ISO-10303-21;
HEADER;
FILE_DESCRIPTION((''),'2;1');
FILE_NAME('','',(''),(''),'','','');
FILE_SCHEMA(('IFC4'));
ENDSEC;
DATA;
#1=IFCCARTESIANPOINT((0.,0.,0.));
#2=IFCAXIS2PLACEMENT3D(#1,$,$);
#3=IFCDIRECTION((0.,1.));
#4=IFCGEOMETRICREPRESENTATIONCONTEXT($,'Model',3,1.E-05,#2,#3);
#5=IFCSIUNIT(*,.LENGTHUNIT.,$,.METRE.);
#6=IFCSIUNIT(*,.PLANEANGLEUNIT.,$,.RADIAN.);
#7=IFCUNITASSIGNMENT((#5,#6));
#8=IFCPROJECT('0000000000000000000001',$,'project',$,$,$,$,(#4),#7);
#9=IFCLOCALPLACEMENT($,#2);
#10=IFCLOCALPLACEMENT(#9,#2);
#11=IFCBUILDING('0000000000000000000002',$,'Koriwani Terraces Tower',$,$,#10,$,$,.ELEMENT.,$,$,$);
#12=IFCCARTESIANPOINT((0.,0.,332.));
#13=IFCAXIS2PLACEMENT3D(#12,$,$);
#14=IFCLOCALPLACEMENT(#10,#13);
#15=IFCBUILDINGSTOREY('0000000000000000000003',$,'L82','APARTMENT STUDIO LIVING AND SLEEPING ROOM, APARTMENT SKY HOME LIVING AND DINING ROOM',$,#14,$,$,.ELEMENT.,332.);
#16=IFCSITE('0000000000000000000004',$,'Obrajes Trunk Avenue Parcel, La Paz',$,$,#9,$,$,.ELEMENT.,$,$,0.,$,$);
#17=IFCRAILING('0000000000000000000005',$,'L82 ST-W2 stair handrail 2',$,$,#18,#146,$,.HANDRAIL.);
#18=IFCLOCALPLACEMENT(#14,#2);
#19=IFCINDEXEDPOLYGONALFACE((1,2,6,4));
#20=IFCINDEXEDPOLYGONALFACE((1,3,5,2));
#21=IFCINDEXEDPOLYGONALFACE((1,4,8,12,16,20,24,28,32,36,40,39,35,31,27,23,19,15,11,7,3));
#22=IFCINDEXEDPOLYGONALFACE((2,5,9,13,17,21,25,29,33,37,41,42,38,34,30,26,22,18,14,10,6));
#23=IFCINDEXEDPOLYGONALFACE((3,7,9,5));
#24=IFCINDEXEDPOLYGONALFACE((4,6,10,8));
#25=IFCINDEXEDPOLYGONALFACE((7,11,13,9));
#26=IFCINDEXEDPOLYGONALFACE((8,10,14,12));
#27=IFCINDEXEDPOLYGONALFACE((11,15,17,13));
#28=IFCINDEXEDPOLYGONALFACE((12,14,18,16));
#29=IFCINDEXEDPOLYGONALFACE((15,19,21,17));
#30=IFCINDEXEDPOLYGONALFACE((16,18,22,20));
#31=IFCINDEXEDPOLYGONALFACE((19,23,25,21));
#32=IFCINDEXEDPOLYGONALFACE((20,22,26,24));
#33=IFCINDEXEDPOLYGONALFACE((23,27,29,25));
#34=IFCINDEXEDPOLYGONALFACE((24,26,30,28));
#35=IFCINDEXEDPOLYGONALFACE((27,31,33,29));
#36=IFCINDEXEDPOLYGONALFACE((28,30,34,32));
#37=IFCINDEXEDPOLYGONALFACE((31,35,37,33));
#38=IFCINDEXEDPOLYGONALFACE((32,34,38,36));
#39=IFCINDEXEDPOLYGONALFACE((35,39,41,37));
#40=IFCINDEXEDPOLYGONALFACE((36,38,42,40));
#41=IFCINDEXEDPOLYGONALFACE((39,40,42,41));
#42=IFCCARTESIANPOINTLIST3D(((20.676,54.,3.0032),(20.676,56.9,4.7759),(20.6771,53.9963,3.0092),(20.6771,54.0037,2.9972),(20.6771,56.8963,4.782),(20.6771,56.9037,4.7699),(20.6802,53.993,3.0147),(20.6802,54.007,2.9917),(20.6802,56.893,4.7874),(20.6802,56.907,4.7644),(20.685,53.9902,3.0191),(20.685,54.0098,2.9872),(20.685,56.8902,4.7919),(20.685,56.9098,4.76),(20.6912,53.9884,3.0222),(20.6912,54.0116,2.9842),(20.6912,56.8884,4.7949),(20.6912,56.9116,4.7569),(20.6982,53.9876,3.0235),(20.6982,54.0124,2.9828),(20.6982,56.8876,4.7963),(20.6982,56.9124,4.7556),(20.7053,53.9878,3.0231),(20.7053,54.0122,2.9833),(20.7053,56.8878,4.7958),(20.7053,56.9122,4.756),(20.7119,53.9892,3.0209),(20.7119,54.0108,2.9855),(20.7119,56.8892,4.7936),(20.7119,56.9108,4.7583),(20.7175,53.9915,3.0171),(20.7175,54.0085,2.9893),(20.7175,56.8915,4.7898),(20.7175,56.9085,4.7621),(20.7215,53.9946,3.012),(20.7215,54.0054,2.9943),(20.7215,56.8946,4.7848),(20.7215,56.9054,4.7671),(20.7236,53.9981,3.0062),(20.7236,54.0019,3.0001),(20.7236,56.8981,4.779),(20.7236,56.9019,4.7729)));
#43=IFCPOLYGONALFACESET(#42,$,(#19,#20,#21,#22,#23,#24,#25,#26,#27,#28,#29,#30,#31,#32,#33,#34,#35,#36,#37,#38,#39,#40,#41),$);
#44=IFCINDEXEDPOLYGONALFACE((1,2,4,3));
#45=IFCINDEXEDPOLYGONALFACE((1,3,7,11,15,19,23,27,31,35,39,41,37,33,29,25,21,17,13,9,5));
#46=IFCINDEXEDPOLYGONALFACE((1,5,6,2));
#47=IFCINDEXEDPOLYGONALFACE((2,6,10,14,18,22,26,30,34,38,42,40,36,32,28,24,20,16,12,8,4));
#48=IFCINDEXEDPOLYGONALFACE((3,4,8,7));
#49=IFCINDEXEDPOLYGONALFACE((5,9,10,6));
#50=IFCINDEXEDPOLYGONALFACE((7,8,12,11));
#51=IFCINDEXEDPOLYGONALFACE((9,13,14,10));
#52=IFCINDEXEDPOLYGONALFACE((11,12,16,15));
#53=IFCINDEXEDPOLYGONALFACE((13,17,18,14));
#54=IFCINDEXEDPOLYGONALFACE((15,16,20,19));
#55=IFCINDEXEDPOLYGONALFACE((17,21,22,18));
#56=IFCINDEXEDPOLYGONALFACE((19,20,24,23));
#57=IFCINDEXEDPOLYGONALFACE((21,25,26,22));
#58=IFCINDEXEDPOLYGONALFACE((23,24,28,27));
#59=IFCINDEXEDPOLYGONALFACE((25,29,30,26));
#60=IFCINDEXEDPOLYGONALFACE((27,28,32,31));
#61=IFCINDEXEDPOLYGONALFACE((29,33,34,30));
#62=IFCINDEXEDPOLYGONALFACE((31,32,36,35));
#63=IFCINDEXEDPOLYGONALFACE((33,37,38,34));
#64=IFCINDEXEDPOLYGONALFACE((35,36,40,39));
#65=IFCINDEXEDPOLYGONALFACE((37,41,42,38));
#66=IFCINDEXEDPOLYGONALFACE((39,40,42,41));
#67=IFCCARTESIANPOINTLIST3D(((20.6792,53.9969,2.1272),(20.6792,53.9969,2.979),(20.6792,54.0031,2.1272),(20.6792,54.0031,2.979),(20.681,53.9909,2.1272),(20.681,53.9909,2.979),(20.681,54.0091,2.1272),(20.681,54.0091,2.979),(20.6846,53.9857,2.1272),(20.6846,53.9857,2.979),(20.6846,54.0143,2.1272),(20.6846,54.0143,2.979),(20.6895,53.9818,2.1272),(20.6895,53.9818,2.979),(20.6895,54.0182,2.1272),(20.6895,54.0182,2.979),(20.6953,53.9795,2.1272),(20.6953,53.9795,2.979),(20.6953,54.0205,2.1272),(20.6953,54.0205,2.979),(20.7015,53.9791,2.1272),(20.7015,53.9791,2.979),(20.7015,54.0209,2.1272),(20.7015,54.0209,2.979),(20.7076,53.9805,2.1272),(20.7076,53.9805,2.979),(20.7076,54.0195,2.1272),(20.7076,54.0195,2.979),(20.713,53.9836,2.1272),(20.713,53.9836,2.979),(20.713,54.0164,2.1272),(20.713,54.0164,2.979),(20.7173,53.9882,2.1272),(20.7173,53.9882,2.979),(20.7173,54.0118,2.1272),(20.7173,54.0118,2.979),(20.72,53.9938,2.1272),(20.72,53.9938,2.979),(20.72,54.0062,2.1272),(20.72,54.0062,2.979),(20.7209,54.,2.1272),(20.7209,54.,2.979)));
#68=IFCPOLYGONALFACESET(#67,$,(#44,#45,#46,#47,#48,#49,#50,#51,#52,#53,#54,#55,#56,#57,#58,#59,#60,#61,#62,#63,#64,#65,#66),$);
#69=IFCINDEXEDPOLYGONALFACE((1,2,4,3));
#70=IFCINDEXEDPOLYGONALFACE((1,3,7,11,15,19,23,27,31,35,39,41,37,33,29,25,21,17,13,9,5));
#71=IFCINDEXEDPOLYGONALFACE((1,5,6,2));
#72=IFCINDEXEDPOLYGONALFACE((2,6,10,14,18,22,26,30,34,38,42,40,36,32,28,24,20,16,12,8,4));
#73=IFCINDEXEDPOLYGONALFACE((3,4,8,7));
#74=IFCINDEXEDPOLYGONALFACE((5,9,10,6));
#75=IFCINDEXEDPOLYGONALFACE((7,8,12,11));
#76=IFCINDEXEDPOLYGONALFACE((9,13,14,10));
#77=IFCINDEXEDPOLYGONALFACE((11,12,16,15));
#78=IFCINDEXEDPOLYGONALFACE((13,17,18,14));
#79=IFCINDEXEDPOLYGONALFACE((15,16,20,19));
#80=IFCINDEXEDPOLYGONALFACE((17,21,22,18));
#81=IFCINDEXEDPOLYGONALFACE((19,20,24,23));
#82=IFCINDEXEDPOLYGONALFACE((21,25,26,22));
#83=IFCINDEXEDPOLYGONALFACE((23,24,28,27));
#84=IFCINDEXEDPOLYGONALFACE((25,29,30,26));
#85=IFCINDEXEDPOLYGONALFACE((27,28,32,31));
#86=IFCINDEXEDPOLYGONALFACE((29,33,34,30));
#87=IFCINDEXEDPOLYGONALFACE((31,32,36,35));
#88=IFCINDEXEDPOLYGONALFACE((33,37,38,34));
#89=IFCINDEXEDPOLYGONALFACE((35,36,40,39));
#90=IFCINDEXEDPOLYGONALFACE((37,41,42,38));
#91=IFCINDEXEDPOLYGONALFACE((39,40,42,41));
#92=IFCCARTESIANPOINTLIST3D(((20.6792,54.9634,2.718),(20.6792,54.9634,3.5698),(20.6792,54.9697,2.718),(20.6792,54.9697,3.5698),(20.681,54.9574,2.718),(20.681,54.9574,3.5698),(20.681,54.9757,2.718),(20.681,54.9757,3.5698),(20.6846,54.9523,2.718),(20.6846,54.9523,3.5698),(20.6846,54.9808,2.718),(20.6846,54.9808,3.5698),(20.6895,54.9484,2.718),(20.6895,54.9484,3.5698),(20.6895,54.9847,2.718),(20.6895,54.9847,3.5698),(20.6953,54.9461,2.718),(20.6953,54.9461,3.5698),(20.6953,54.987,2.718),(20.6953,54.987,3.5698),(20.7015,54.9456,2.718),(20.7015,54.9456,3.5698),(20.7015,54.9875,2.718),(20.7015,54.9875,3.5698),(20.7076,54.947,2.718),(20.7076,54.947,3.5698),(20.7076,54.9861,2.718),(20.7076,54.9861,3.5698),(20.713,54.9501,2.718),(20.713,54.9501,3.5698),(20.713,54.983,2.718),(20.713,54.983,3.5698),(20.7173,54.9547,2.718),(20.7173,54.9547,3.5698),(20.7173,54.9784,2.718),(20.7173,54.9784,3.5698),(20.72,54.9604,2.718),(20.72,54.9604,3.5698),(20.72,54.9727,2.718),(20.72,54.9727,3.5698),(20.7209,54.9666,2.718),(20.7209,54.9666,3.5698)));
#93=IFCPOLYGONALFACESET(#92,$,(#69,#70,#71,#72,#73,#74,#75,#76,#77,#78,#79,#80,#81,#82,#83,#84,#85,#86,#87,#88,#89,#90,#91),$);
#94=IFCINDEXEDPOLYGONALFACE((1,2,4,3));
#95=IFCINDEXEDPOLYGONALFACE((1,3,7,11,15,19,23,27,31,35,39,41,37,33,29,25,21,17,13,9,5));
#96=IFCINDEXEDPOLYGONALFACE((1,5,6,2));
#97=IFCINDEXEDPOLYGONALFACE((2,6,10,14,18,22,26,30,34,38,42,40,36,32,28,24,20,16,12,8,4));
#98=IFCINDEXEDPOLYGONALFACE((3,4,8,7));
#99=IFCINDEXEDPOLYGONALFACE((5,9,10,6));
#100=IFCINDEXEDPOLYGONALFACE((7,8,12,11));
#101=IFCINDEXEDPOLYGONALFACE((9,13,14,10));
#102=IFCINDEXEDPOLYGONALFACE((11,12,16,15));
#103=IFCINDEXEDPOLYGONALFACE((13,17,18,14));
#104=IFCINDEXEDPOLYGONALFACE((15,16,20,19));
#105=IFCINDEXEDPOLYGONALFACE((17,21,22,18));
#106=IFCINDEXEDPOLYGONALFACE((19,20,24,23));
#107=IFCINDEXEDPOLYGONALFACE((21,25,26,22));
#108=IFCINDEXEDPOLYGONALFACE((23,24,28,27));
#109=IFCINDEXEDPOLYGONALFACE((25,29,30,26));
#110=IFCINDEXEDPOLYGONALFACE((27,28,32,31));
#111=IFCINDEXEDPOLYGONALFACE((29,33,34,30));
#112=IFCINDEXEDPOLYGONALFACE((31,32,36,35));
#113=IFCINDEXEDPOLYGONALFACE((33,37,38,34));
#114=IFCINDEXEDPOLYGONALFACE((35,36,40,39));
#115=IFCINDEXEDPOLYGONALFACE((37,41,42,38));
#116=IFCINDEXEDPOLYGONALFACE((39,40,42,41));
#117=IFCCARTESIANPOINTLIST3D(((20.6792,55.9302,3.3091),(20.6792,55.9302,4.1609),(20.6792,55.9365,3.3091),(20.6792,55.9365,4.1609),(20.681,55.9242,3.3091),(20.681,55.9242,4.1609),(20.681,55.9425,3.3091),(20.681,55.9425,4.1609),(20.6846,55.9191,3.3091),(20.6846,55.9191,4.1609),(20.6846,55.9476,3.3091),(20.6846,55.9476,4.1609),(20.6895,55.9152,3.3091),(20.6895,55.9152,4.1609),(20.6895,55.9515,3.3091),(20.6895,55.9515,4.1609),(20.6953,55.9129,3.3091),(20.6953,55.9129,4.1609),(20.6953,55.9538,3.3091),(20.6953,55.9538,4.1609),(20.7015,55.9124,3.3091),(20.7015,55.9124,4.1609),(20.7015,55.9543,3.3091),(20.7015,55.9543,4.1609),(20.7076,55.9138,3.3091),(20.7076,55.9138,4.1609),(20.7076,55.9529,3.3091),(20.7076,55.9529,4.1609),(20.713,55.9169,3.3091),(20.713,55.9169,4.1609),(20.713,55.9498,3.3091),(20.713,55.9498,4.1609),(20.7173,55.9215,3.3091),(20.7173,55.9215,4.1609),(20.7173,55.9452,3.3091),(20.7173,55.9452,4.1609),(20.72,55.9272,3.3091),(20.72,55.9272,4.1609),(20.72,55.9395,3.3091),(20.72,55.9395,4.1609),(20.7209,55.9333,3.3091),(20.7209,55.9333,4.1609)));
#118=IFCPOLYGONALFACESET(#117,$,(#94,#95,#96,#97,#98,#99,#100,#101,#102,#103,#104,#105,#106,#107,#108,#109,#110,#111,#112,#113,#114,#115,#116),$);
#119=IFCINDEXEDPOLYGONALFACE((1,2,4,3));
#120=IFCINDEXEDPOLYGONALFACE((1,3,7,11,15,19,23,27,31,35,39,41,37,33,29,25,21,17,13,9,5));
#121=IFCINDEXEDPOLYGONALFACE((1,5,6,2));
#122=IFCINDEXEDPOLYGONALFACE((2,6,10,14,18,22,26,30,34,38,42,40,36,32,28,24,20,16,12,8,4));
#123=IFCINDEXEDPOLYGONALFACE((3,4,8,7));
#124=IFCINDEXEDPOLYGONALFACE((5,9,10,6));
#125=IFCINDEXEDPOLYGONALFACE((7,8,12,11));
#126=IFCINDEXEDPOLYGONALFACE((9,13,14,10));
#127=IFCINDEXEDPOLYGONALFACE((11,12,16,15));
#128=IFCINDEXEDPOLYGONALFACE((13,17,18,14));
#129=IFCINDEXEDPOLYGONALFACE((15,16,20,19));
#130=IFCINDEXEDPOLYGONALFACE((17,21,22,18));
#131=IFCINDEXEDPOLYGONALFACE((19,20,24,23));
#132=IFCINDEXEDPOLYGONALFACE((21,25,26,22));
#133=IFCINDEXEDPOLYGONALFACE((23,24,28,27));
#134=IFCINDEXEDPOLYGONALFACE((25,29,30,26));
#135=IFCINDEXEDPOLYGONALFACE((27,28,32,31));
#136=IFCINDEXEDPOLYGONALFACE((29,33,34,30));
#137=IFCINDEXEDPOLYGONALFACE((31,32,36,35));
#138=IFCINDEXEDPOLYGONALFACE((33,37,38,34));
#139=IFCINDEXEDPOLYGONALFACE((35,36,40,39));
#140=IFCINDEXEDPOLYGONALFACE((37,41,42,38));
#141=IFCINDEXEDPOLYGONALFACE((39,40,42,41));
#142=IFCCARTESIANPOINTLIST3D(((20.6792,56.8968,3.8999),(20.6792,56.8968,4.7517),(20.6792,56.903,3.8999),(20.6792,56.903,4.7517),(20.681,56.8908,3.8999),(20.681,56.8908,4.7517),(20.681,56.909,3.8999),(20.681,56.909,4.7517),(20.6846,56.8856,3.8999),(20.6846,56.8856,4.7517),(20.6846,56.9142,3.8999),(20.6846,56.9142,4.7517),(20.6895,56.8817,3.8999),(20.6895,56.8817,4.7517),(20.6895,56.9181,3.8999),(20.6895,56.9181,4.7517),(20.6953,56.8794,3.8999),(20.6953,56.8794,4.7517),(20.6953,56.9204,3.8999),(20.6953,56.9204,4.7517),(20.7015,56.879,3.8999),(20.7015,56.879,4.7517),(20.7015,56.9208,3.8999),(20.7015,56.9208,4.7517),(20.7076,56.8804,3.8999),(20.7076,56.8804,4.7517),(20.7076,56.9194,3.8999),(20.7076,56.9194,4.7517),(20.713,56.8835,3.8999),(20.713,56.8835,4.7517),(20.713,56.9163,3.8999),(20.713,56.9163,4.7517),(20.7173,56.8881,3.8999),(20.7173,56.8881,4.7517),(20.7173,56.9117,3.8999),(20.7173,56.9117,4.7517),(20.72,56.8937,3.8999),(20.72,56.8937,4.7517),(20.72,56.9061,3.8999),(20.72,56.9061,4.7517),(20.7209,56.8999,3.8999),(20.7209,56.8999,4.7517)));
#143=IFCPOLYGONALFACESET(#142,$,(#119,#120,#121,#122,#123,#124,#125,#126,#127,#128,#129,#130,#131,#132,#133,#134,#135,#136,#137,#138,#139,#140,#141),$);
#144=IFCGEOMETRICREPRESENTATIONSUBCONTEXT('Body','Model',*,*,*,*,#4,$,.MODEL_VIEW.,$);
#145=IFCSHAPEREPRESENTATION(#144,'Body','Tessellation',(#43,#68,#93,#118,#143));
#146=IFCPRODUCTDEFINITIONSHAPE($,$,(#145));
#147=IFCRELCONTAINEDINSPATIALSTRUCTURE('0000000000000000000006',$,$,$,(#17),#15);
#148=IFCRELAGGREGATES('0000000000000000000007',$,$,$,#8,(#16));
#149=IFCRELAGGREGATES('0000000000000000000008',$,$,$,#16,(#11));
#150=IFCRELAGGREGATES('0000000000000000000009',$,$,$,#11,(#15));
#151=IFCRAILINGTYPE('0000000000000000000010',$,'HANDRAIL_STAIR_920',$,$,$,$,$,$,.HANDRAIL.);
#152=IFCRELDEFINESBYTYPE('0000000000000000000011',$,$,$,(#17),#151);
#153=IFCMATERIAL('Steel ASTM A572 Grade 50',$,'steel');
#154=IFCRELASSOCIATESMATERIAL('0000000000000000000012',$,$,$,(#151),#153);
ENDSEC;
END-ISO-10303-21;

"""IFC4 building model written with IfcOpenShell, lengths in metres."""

from ifc_helpers import new_model, si_unit, direction, frame, origin, origin_2d, place, context, subcontext, project, spatial, circle, extrude, material, type_object, element, save


model = new_model("IFC4")

# Units and contexts
model_context = context("Model", 3, precision=1e-05, world=origin(), true_north=direction((0.0, 1.0)))
body_context = subcontext(model_context, "Body", "Model", "MODEL_VIEW")
ifc_project = project(units=[si_unit("LENGTHUNIT", "METRE"), si_unit("PLANEANGLEUNIT", "RADIAN")], contexts=[model_context])

# Site, building, storey
site_placement = place(None, origin())
site = spatial("IfcSite", under=ifc_project, at=site_placement, Name="Obrajes Trunk Avenue Parcel, La Paz", CompositionType="ELEMENT", RefElevation=0.0)
building_placement = place(site_placement, origin())
building = spatial("IfcBuilding", under=site, at=building_placement, Name="Koriwani Terraces Tower", CompositionType="ELEMENT")
storey_placement = place(building_placement, frame((0.0, 0.0, 332.0)))
storey = spatial("IfcBuildingStorey", under=building, at=storey_placement, Name="L82", Description="APARTMENT STUDIO LIVING AND SLEEPING ROOM, APARTMENT SKY HOME LIVING AND DINING ROOM", CompositionType="ELEMENT", Elevation=332.0)

# Shared definitions
ifc_material_1 = material(Name="Steel ASTM A572 Grade 50", Category="steel")

# Railing
railing_type = type_object("IfcRailingType", Name="HANDRAIL_STAIR_920", PredefinedType="HANDRAIL", material=ifc_material_1)
railing_placement = place(storey_placement, frame((20.7, 54.0, 2.1272)))
element("IfcRailing", 1, at=railing_placement, inside=storey, type_object=railing_type, Name="L82 ST-W2 stair handrail 2", PredefinedType="HANDRAIL", context=body_context, shape_type="SweptSolid", body=[
    extrude(circle(Radius=0.0239, at=origin_2d()), frame((0.0, 0.0, 0.876), z_axis=(0.0, 0.853211, 0.521566), x_axis=(-1.0, 0.0, 0.0)), (0.0, 0.0, 1.0), 3.3989),
    extrude(circle(Radius=0.021, at=origin_2d()), origin(), (0.0, 0.0, 1.0), 0.8518),
    extrude(circle(Radius=0.021, at=origin_2d()), frame((0.0, 0.9666, 0.5908)), (0.0, 0.0, 1.0), 0.8518),
    extrude(circle(Radius=0.021, at=origin_2d()), frame((0.0, 1.9333, 1.1819)), (0.0, 0.0, 1.0), 0.8518),
    extrude(circle(Radius=0.021, at=origin_2d()), frame((0.0, 2.8999, 1.7727)), (0.0, 0.0, 1.0), 0.8518),
])

save(model, "model.ifc")
